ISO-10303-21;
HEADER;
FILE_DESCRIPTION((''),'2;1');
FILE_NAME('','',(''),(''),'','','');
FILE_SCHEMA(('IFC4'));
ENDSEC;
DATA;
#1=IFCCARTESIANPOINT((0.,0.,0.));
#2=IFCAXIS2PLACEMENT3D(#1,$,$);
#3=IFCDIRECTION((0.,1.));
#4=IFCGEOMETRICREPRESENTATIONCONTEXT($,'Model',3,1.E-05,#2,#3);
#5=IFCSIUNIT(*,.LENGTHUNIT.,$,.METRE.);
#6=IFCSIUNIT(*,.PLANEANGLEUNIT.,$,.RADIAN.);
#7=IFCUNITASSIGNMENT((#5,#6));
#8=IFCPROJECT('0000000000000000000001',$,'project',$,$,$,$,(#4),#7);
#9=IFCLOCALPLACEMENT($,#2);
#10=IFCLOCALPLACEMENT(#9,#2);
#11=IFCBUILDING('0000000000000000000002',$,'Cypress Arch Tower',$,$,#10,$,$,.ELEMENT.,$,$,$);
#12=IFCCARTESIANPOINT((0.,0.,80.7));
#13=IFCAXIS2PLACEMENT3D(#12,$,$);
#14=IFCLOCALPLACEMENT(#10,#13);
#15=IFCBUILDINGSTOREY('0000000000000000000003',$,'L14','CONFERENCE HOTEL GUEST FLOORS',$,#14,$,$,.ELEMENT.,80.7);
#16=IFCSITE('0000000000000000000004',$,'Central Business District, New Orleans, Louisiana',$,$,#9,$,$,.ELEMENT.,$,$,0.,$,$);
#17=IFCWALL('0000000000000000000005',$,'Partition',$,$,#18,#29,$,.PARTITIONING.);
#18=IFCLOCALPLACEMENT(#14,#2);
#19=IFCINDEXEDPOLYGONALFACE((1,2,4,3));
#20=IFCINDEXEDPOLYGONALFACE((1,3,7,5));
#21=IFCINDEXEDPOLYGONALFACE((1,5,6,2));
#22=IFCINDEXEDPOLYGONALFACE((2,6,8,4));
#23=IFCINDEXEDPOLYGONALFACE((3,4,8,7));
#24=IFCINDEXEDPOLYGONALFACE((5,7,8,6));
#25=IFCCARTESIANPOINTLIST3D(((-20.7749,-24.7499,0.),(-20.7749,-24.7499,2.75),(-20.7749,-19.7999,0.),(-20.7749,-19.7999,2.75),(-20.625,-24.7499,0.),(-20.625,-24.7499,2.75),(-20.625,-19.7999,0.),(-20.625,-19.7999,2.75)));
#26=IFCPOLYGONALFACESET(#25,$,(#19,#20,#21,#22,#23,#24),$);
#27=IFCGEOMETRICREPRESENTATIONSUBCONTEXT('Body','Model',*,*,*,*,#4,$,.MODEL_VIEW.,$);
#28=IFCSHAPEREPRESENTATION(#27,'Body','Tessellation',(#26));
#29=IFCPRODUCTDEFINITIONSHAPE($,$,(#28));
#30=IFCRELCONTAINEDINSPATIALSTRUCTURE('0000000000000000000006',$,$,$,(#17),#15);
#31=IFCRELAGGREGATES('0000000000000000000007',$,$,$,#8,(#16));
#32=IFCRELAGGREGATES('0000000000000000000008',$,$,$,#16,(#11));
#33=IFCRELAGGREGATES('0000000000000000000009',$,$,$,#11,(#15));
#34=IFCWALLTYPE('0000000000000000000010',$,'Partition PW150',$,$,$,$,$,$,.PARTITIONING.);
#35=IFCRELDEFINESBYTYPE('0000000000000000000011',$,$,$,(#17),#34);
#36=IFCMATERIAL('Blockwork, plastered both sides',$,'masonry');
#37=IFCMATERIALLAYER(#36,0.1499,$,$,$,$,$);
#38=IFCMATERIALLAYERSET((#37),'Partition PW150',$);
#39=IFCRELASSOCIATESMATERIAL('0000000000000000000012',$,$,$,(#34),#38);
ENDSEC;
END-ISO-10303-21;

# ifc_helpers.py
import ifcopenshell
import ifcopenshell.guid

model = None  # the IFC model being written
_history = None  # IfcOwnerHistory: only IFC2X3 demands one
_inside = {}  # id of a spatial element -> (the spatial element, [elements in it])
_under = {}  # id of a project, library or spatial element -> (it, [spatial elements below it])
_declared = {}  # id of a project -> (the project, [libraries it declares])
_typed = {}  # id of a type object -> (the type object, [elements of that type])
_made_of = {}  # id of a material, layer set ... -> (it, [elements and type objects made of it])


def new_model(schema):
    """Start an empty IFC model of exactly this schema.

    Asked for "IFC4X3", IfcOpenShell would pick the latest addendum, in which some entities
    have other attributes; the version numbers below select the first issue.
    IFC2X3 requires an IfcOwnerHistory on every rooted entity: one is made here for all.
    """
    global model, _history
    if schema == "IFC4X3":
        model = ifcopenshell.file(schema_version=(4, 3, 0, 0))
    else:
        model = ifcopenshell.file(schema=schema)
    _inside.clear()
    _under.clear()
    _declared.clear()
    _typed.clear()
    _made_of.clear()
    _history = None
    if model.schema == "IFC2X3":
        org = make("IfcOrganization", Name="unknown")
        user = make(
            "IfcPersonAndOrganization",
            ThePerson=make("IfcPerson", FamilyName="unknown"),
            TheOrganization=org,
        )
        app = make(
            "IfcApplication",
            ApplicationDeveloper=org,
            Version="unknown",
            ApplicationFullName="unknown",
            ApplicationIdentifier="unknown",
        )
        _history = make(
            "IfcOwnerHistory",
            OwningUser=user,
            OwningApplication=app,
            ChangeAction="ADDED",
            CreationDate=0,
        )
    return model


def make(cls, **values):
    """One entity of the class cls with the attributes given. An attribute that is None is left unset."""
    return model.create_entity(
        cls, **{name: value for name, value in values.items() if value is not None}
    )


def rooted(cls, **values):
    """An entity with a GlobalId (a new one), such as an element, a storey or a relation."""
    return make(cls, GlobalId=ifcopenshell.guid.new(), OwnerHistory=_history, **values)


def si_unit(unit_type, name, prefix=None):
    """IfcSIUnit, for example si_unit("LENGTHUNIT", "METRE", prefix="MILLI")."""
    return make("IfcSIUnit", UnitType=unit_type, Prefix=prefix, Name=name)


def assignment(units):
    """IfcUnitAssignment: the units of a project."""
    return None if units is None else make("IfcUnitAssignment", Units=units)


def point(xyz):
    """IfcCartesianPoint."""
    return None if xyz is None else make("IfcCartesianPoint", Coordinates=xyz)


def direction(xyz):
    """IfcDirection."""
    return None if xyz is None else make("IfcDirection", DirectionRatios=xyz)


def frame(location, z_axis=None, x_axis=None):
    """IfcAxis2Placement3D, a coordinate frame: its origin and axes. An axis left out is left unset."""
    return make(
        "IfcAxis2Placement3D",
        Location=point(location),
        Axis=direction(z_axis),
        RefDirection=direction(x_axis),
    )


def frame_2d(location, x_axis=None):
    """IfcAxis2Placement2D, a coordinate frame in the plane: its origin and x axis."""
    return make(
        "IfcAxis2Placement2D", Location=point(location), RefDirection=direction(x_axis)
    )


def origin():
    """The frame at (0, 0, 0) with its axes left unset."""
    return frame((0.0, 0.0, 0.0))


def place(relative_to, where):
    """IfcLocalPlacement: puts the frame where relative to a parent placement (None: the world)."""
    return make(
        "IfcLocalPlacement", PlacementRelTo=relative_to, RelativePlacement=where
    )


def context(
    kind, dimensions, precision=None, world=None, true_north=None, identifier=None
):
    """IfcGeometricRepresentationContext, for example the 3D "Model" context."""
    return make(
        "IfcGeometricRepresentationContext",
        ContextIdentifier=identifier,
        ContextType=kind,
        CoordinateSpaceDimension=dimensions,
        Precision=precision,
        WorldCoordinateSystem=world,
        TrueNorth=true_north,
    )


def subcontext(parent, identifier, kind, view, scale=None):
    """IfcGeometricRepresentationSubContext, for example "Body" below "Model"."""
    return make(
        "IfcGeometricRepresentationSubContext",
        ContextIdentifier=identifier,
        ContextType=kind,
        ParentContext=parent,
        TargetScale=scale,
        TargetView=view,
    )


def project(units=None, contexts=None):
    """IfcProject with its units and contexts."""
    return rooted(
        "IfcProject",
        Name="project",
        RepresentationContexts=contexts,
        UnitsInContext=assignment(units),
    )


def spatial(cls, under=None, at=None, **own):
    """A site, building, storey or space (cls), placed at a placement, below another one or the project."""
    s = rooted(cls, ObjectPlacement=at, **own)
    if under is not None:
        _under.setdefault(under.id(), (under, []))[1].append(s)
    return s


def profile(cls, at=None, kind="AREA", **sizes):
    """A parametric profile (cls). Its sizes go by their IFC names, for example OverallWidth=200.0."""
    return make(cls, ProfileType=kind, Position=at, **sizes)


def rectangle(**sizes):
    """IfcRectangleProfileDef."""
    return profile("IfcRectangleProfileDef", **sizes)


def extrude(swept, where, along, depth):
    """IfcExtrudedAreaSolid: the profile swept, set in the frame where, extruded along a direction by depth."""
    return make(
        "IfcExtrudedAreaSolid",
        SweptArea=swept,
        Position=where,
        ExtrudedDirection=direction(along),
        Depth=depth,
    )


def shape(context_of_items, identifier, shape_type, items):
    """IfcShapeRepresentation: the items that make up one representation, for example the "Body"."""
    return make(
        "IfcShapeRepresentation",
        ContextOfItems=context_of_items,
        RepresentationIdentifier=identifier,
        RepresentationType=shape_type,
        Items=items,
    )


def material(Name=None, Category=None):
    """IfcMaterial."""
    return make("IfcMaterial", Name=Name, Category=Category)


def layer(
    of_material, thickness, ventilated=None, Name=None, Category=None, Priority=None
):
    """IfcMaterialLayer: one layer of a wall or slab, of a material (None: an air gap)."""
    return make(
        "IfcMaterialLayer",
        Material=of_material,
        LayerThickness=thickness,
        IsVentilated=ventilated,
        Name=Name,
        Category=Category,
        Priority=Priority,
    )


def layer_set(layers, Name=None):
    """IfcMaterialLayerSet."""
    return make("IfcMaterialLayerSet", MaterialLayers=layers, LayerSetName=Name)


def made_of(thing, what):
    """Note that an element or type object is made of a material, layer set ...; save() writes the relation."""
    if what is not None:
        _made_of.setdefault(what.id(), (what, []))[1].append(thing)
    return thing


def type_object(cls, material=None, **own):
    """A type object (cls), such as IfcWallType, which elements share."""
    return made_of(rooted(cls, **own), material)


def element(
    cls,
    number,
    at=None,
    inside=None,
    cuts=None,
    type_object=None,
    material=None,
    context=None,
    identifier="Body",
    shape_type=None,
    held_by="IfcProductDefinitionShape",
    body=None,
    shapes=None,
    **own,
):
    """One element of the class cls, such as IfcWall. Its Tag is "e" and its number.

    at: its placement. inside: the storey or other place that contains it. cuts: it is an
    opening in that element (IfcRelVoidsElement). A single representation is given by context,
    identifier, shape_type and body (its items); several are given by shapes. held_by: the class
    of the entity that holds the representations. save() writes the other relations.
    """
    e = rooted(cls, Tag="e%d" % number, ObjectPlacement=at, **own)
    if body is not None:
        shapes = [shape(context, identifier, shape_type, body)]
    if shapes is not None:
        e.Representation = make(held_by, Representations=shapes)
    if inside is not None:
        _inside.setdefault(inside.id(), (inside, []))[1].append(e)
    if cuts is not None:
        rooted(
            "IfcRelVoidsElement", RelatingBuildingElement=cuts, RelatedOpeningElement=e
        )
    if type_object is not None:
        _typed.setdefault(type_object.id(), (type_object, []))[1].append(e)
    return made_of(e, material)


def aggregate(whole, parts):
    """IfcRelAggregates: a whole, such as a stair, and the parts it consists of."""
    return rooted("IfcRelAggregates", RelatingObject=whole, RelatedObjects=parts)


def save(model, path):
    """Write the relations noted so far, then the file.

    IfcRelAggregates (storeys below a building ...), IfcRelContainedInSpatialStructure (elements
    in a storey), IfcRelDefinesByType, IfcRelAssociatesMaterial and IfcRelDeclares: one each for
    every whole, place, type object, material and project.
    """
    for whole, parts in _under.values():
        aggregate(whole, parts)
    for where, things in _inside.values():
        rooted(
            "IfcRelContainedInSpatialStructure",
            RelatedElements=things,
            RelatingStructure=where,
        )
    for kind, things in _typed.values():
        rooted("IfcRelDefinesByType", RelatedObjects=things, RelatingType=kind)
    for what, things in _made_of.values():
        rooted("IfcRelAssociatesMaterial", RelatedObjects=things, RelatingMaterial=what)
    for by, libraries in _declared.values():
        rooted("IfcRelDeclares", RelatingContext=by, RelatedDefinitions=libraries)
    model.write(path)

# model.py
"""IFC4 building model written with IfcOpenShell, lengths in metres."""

from ifc_helpers import new_model, si_unit, direction, frame, frame_2d, origin, place, context, subcontext, project, spatial, rectangle, extrude, material, layer, layer_set, type_object, element, save


model = new_model("IFC4")

# Units and contexts
model_context = context("Model", 3, precision=1e-05, world=origin(), true_north=direction((0.0, 1.0)))
body_context = subcontext(model_context, "Body", "Model", "MODEL_VIEW")
ifc_project = project(units=[si_unit("LENGTHUNIT", "METRE"), si_unit("PLANEANGLEUNIT", "RADIAN")], contexts=[model_context])

# Site, building, storey
site_placement = place(None, origin())
site = spatial("IfcSite", under=ifc_project, at=site_placement, Name="Central Business District, New Orleans, Louisiana", CompositionType="ELEMENT", RefElevation=0.0)
building_placement = place(site_placement, origin())
building = spatial("IfcBuilding", under=site, at=building_placement, Name="Cypress Arch Tower", CompositionType="ELEMENT")
storey_placement = place(building_placement, frame((0.0, 0.0, 80.7)))
storey = spatial("IfcBuildingStorey", under=building, at=storey_placement, Name="L14", Description="CONFERENCE HOTEL GUEST FLOORS", CompositionType="ELEMENT", Elevation=80.7)

# Wall
ifc_material_1 = material(Name="Blockwork, plastered both sides", Category="masonry")
ifc_layer_1 = layer(ifc_material_1, 0.1499)
ifc_layer_set_1 = layer_set([ifc_layer_1], Name="Partition PW150")
wall_type_1 = type_object("IfcWallType", Name="Partition PW150", PredefinedType="PARTITIONING", material=ifc_layer_set_1)
wall_1_placement = place(storey_placement, frame((-20.7, -24.75, 0.0), z_axis=(0.0, 0.0, 1.0), x_axis=(0.0, 1.0, 0.0)))
element("IfcWall", 1, at=wall_1_placement, inside=storey, type_object=wall_type_1, Name="Partition", PredefinedType="PARTITIONING", context=body_context, shape_type="SweptSolid", body=[
    extrude(rectangle(XDim=4.95, YDim=0.1499, at=frame_2d((2.4751, 0.0))), origin(), (0.0, 0.0, 1.0), 2.75),
])

save(model, "model.ifc")
